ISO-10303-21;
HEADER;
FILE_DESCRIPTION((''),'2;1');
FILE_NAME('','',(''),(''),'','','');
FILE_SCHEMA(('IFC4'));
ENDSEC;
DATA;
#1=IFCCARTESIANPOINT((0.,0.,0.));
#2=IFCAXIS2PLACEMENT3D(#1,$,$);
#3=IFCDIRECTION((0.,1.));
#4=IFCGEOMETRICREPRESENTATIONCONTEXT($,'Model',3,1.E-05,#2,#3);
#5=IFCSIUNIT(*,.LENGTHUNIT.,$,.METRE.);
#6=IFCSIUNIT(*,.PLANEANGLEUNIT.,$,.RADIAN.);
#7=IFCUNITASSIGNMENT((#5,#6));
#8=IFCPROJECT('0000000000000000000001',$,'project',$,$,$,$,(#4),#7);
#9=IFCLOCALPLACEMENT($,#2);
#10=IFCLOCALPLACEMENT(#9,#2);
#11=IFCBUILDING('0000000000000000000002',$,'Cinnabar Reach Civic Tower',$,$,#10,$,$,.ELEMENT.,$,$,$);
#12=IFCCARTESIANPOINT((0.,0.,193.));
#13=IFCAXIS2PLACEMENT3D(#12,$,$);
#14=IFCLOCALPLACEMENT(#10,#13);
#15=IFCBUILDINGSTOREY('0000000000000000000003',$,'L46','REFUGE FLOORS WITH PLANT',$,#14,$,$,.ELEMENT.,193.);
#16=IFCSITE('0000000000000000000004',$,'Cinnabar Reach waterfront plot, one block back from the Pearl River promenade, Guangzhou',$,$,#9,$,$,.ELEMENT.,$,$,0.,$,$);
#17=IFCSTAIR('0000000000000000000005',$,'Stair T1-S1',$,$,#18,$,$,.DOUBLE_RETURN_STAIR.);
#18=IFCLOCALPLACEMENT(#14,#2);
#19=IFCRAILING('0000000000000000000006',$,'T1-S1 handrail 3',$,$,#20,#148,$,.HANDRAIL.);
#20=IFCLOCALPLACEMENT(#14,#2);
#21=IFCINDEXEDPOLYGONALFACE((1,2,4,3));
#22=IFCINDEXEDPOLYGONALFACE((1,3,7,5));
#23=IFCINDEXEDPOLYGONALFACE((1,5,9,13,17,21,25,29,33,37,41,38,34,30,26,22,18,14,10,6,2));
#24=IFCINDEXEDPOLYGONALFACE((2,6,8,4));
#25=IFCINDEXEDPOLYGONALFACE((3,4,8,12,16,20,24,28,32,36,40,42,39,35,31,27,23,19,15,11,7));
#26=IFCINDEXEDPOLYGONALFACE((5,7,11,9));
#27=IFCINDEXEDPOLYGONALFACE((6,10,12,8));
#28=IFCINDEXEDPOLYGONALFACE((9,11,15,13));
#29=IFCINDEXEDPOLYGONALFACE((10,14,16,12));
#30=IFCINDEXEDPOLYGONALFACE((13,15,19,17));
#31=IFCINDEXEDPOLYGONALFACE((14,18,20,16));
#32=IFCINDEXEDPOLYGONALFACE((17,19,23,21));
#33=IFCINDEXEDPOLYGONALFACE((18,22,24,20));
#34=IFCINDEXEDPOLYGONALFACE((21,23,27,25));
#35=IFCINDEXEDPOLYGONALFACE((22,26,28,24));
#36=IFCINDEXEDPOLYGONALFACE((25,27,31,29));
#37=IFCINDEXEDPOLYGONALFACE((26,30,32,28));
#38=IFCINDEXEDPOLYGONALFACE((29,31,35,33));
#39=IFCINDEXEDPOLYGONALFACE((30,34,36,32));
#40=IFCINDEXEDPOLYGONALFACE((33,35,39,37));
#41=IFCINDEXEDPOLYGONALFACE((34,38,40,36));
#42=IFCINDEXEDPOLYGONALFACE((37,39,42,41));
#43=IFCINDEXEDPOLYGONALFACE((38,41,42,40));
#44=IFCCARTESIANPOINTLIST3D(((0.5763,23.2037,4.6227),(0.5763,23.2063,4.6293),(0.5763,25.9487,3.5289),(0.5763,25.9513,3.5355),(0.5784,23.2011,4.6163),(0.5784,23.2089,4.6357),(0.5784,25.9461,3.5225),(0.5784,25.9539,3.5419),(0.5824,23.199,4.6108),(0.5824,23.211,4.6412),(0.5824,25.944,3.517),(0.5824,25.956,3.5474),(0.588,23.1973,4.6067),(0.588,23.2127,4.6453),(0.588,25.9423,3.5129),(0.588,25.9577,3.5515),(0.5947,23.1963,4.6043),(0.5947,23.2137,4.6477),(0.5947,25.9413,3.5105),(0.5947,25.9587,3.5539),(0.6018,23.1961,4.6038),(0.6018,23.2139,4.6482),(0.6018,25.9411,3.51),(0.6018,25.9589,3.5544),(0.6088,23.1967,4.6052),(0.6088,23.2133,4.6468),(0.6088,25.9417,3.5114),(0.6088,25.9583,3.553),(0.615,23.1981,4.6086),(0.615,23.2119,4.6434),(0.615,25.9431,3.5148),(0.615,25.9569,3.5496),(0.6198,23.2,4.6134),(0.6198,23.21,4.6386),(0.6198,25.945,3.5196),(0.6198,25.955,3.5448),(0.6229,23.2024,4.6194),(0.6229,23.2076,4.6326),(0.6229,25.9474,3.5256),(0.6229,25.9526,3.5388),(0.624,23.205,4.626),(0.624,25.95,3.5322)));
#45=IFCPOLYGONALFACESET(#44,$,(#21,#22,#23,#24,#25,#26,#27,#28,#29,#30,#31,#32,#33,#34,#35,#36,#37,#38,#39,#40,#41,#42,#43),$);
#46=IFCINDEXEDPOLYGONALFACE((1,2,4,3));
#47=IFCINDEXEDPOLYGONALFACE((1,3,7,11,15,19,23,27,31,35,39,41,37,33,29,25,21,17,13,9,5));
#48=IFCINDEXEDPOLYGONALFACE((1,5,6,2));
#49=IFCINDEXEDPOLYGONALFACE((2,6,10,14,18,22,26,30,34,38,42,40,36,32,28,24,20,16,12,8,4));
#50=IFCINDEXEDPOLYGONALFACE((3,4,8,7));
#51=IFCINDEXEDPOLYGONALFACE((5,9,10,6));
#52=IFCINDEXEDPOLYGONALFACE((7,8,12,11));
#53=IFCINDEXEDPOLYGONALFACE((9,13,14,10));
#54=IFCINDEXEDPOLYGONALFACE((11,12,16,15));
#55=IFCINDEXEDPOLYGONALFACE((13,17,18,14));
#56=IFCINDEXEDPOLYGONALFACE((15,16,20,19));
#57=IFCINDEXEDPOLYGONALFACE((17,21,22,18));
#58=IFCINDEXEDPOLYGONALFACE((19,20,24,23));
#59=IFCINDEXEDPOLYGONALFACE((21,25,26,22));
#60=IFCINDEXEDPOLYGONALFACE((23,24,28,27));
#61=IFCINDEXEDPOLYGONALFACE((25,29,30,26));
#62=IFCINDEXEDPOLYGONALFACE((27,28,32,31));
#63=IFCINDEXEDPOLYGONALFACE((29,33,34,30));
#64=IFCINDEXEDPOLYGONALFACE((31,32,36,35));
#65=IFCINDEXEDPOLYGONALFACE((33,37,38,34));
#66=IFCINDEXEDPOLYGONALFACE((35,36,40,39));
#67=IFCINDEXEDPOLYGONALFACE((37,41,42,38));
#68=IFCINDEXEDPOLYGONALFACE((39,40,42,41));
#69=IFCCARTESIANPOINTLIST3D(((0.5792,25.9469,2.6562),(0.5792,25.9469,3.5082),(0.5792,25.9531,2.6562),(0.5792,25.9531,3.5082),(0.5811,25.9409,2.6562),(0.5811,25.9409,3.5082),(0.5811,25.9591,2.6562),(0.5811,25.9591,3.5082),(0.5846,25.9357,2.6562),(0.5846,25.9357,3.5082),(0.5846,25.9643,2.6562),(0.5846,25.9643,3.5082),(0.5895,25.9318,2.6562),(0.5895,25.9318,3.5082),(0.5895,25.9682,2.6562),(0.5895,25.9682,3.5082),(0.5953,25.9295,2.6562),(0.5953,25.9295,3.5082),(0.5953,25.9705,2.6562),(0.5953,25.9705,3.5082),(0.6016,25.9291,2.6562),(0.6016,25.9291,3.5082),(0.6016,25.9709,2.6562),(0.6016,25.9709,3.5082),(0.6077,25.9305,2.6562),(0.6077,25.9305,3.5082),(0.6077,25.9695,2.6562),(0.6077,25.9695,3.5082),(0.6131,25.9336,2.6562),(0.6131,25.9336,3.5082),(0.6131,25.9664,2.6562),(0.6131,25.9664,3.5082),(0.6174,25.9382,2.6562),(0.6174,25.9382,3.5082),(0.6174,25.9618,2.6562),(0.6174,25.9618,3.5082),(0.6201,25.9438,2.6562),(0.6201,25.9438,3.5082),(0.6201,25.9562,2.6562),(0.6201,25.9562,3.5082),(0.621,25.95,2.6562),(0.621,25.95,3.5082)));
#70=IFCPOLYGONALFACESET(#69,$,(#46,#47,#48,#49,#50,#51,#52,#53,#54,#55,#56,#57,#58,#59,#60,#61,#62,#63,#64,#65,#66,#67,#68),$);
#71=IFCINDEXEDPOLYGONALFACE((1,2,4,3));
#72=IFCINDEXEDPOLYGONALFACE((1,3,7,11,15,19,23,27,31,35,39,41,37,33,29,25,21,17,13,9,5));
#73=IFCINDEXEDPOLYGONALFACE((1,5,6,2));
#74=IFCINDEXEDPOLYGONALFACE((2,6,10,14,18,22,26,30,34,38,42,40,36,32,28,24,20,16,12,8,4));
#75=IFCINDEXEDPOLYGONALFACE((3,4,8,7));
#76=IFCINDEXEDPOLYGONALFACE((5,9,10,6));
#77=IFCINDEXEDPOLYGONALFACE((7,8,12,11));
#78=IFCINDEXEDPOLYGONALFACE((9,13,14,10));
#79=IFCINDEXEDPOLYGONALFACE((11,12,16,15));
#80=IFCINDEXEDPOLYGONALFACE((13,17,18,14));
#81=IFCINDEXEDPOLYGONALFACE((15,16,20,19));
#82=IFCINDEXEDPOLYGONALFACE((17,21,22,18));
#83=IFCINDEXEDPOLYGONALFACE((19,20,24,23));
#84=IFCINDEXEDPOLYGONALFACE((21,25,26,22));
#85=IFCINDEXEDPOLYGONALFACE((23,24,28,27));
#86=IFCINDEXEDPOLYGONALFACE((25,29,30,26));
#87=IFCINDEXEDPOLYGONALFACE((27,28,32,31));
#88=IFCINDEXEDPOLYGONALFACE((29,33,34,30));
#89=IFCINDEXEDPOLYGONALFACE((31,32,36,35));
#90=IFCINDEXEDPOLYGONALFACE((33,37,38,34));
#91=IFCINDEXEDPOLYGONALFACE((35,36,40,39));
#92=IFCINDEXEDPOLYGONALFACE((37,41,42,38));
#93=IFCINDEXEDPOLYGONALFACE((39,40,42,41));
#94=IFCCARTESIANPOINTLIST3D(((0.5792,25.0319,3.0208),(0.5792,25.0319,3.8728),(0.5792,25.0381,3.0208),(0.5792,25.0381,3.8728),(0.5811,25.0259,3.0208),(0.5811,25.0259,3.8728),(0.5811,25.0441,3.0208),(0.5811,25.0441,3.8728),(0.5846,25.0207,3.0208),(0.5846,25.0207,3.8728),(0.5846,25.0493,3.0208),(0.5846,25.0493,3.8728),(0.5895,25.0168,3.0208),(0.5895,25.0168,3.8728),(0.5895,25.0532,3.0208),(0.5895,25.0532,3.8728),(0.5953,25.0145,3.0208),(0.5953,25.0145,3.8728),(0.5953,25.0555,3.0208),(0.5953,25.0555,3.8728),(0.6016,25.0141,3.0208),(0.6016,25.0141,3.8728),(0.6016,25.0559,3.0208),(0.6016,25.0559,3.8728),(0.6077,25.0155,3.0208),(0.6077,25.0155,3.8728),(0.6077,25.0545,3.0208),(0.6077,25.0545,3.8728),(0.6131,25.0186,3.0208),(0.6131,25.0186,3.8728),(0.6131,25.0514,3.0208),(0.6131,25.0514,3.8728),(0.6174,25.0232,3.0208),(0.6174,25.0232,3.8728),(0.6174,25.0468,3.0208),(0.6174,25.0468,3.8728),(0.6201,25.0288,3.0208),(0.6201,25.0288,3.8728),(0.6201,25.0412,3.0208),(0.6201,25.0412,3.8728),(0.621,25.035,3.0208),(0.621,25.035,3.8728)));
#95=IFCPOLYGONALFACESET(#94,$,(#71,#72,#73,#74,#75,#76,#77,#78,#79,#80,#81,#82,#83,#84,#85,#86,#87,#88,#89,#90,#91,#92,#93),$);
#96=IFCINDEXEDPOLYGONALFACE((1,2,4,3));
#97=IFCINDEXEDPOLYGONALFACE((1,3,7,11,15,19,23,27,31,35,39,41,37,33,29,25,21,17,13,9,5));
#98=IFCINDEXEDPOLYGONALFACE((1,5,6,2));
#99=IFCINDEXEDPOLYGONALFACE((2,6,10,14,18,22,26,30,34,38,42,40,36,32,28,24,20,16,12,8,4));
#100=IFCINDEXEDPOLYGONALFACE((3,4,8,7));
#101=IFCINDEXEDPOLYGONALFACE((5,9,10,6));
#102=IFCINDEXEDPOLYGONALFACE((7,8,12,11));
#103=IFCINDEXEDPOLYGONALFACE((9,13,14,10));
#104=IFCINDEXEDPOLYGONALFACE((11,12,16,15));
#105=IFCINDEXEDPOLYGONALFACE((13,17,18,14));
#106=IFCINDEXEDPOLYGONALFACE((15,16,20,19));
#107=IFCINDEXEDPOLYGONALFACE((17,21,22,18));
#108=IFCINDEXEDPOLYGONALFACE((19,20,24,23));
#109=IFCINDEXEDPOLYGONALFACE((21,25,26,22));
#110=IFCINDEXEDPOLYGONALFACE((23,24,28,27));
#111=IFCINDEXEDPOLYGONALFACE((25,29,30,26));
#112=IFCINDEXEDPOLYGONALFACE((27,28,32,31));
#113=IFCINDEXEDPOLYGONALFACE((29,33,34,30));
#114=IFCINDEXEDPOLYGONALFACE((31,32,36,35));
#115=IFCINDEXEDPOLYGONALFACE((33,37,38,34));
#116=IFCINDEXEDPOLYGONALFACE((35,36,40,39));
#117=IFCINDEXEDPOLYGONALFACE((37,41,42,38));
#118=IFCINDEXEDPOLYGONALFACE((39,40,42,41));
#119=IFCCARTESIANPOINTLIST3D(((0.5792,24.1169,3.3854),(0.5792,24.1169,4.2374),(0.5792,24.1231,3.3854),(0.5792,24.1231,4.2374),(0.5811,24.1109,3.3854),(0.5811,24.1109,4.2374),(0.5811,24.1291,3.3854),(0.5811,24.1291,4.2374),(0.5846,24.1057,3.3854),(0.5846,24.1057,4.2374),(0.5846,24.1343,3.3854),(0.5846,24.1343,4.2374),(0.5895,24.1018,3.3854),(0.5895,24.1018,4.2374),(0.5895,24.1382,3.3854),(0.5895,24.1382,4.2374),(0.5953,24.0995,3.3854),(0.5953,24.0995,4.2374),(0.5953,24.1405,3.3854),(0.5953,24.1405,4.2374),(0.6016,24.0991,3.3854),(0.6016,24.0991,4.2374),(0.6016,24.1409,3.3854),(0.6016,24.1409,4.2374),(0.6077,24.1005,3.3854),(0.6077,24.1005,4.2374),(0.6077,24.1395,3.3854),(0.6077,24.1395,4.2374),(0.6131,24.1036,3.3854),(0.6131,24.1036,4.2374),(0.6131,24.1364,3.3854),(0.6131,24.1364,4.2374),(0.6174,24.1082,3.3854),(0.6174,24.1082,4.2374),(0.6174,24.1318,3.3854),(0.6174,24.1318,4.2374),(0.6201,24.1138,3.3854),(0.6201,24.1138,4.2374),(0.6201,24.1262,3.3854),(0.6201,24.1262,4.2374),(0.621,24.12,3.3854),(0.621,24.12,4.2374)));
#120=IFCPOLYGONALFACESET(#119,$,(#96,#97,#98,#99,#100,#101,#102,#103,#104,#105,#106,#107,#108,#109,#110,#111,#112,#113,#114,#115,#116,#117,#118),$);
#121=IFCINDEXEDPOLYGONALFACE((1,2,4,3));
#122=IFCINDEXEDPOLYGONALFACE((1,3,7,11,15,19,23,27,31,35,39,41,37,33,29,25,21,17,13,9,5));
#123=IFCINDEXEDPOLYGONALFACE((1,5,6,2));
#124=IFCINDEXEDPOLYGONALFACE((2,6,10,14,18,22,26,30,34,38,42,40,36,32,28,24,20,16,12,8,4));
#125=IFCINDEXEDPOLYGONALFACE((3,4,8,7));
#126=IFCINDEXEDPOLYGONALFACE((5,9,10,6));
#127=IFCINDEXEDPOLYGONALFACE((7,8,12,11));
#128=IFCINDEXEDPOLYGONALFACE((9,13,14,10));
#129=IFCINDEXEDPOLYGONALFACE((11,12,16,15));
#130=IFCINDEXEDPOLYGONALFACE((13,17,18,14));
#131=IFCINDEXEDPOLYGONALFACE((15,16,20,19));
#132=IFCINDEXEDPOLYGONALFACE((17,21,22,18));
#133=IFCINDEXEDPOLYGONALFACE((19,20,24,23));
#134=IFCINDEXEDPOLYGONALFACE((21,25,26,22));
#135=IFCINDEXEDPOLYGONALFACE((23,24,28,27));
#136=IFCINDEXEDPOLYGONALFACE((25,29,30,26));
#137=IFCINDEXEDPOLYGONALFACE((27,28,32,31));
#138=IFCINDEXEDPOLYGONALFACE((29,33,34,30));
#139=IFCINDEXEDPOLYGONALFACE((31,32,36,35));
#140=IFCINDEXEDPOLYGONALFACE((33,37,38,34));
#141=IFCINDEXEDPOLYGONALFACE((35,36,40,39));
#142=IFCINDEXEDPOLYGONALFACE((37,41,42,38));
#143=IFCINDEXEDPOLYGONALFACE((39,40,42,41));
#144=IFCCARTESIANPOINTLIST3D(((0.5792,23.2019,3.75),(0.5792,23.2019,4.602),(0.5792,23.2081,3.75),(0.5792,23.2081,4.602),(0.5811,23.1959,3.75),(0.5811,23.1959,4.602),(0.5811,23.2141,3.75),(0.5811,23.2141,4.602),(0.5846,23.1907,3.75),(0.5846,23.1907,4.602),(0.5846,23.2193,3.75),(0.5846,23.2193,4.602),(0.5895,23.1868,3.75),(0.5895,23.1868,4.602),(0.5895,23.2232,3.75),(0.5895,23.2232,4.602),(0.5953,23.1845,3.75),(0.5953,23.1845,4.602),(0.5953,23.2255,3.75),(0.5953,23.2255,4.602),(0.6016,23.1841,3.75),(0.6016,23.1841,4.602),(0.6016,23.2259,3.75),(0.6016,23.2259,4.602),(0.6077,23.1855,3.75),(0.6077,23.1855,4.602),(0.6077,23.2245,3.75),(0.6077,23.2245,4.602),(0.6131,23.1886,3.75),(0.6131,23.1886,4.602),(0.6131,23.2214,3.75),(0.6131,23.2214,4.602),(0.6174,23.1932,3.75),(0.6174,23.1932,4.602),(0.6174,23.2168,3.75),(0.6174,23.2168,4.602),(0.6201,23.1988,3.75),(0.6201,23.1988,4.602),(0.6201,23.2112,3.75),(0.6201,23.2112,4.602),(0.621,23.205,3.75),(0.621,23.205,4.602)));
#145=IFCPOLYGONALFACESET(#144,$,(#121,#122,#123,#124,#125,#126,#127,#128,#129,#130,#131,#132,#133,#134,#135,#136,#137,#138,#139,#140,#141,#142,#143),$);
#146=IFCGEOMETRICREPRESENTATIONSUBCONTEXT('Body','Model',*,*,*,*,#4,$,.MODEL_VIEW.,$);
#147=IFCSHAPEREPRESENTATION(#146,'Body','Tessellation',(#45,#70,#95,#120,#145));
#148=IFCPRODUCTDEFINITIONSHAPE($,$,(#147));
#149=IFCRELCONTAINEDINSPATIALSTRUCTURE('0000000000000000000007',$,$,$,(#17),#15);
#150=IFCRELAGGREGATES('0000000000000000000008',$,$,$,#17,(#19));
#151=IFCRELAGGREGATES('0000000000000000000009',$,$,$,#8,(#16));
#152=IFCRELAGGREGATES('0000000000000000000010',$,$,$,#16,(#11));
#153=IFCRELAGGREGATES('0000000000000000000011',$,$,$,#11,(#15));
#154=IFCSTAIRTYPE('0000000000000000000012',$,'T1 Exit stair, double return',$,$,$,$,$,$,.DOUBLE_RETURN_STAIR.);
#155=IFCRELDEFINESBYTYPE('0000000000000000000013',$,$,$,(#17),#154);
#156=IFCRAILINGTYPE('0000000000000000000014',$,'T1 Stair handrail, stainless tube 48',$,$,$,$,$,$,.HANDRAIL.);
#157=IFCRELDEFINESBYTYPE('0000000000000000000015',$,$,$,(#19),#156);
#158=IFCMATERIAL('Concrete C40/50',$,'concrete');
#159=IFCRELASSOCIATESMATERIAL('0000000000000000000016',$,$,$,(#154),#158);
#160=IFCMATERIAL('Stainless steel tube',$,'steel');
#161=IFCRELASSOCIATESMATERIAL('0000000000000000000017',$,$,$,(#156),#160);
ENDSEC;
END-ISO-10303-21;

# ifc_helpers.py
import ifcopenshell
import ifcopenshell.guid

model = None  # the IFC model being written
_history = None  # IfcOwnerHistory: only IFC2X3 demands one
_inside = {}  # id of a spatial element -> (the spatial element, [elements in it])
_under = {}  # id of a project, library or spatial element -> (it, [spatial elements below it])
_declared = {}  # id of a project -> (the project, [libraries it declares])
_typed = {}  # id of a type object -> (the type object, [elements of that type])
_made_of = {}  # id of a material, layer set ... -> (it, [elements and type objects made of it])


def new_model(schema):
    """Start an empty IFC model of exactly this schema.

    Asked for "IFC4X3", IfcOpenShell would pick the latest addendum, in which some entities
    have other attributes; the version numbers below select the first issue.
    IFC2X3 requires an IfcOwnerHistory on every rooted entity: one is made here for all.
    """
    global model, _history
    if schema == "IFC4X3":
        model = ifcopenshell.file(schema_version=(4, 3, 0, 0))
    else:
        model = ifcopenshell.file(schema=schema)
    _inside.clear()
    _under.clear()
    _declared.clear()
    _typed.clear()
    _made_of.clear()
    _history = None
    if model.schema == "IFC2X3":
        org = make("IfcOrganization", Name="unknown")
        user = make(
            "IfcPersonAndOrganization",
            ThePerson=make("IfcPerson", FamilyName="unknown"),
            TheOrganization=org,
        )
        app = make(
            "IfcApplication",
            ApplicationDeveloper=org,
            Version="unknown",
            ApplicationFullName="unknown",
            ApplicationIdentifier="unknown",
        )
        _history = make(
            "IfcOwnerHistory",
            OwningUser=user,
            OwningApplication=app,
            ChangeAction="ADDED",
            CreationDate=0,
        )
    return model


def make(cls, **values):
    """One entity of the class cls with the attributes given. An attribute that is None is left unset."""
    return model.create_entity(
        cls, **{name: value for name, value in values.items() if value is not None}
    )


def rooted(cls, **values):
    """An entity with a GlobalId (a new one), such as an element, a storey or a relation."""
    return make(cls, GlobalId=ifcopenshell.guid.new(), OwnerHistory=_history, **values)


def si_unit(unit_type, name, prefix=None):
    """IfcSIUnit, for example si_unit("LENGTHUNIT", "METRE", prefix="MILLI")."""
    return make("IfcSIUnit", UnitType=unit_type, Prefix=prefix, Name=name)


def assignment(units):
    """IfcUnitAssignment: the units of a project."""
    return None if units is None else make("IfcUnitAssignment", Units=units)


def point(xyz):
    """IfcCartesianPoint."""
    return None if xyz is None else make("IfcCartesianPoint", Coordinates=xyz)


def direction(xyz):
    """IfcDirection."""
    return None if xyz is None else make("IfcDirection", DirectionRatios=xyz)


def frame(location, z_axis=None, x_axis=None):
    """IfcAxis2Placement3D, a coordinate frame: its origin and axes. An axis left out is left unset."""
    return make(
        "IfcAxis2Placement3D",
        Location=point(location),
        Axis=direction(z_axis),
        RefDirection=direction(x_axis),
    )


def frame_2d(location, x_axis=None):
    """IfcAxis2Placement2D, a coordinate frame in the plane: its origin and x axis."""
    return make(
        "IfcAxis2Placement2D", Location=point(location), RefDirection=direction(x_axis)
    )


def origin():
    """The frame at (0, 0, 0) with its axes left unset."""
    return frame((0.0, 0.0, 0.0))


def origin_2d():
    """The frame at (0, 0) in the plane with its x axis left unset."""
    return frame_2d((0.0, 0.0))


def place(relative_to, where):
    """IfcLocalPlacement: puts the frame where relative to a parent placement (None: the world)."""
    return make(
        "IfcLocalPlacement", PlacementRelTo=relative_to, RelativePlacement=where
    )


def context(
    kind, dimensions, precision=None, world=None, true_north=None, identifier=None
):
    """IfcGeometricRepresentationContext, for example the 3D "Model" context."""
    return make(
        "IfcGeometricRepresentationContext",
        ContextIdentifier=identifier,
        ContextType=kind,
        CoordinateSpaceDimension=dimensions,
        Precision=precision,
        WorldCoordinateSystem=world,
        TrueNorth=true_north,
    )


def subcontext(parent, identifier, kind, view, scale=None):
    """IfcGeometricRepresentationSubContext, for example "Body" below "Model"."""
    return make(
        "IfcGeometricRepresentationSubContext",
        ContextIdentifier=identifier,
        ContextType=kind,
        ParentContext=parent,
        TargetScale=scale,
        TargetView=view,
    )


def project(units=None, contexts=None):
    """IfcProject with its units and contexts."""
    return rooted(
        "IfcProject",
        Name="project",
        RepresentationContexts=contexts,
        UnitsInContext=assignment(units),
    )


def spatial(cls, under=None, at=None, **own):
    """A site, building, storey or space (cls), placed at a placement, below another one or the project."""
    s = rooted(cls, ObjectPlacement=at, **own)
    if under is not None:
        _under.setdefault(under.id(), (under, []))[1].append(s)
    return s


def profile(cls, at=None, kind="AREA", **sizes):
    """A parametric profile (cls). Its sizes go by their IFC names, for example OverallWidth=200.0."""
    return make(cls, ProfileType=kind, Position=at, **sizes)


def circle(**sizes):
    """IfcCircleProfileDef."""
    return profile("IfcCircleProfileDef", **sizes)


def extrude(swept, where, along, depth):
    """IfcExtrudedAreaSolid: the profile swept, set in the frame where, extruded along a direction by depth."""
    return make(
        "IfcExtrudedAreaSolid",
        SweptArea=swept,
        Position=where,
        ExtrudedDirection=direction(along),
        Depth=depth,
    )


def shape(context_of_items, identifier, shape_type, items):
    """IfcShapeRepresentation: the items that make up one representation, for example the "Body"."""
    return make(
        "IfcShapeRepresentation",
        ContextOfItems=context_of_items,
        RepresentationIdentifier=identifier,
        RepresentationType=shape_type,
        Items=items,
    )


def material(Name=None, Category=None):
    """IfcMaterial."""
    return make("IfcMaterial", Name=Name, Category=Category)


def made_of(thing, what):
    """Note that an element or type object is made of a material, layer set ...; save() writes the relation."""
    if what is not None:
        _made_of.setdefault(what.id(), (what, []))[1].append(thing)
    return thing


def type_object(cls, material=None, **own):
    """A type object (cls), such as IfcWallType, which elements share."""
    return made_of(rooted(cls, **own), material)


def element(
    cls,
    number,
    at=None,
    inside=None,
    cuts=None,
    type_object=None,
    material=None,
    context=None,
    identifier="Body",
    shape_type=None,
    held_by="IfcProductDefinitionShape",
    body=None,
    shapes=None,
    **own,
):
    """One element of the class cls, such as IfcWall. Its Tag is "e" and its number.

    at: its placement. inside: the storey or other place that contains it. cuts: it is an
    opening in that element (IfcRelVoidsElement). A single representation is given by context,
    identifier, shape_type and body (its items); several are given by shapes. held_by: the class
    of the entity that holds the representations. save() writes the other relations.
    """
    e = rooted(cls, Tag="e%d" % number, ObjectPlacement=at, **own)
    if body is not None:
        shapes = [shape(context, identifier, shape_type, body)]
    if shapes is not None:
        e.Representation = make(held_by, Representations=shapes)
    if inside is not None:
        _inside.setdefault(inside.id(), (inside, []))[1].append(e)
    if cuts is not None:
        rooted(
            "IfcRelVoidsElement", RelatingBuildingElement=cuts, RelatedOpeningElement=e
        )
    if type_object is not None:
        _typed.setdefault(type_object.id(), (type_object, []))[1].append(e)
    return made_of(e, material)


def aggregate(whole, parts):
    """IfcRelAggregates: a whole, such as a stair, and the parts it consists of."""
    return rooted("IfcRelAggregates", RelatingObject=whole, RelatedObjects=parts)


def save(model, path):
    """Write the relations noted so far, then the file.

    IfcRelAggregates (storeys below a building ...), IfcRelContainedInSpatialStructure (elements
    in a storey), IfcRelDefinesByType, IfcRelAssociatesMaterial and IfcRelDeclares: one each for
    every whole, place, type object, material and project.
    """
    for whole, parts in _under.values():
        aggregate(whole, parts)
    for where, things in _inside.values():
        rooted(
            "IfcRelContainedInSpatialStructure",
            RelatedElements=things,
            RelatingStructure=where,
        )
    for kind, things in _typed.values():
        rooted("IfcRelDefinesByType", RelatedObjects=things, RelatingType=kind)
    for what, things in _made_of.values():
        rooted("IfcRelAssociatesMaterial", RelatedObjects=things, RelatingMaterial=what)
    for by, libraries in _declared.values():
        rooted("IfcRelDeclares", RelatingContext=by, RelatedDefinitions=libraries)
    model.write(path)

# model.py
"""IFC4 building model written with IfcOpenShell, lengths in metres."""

from ifc_helpers import new_model, si_unit, direction, frame, origin, origin_2d, place, context, subcontext, project, spatial, circle, extrude, material, type_object, element, aggregate, save


model = new_model("IFC4")

# Units and contexts
model_context = context("Model", 3, precision=1e-05, world=origin(), true_north=direction((0.0, 1.0)))
body_context = subcontext(model_context, "Body", "Model", "MODEL_VIEW")
ifc_project = project(units=[si_unit("LENGTHUNIT", "METRE"), si_unit("PLANEANGLEUNIT", "RADIAN")], contexts=[model_context])

# Site, building, storey
site_placement = place(None, origin())
site = spatial("IfcSite", under=ifc_project, at=site_placement, Name="Cinnabar Reach waterfront plot, one block back from the Pearl River promenade, Guangzhou", CompositionType="ELEMENT", RefElevation=0.0)
building_placement = place(site_placement, origin())
building = spatial("IfcBuilding", under=site, at=building_placement, Name="Cinnabar Reach Civic Tower", CompositionType="ELEMENT")
storey_placement = place(building_placement, frame((0.0, 0.0, 193.0)))
storey = spatial("IfcBuildingStorey", under=building, at=storey_placement, Name="L46", Description="REFUGE FLOORS WITH PLANT", CompositionType="ELEMENT", Elevation=193.0)

# Shared definitions
ifc_material_1 = material(Name="Concrete C40/50", Category="concrete")

# Stair, railing
stair_type = type_object("IfcStairType", Name="T1 Exit stair, double return", PredefinedType="DOUBLE_RETURN_STAIR", material=ifc_material_1)
stair_placement = place(storey_placement, origin())
stair = element("IfcStair", 1, at=stair_placement, inside=storey, type_object=stair_type, Name="Stair T1-S1", PredefinedType="DOUBLE_RETURN_STAIR")
ifc_material_2 = material(Name="Stainless steel tube", Category="steel")
railing_type = type_object("IfcRailingType", Name="T1 Stair handrail, stainless tube 48", PredefinedType="HANDRAIL", material=ifc_material_2)
railing_1_placement = place(storey_placement, frame((0.6, 25.95, 2.6562)))
railing_1 = element("IfcRailing", 2, at=railing_1_placement, type_object=railing_type, Name="T1-S1 handrail 3", PredefinedType="HANDRAIL", context=body_context, shape_type="SweptSolid", body=[
    extrude(circle(Radius=0.024, at=origin_2d()), frame((0.0, 0.0, 0.876), z_axis=(0.0, -0.928966, 0.370165), x_axis=(1.0, 0.0, 0.0)), (0.0, 0.0, 1.0), 2.9549),
    extrude(circle(Radius=0.021, at=origin_2d()), origin(), (0.0, 0.0, 1.0), 0.852),
    extrude(circle(Radius=0.021, at=origin_2d()), frame((0.0, -0.915, 0.3646)), (0.0, 0.0, 1.0), 0.852),
    extrude(circle(Radius=0.021, at=origin_2d()), frame((0.0, -1.83, 0.7292)), (0.0, 0.0, 1.0), 0.852),
    extrude(circle(Radius=0.021, at=origin_2d()), frame((0.0, -2.745, 1.0938)), (0.0, 0.0, 1.0), 0.852),
])
aggregate(stair, [railing_1])

save(model, "model.ifc")
